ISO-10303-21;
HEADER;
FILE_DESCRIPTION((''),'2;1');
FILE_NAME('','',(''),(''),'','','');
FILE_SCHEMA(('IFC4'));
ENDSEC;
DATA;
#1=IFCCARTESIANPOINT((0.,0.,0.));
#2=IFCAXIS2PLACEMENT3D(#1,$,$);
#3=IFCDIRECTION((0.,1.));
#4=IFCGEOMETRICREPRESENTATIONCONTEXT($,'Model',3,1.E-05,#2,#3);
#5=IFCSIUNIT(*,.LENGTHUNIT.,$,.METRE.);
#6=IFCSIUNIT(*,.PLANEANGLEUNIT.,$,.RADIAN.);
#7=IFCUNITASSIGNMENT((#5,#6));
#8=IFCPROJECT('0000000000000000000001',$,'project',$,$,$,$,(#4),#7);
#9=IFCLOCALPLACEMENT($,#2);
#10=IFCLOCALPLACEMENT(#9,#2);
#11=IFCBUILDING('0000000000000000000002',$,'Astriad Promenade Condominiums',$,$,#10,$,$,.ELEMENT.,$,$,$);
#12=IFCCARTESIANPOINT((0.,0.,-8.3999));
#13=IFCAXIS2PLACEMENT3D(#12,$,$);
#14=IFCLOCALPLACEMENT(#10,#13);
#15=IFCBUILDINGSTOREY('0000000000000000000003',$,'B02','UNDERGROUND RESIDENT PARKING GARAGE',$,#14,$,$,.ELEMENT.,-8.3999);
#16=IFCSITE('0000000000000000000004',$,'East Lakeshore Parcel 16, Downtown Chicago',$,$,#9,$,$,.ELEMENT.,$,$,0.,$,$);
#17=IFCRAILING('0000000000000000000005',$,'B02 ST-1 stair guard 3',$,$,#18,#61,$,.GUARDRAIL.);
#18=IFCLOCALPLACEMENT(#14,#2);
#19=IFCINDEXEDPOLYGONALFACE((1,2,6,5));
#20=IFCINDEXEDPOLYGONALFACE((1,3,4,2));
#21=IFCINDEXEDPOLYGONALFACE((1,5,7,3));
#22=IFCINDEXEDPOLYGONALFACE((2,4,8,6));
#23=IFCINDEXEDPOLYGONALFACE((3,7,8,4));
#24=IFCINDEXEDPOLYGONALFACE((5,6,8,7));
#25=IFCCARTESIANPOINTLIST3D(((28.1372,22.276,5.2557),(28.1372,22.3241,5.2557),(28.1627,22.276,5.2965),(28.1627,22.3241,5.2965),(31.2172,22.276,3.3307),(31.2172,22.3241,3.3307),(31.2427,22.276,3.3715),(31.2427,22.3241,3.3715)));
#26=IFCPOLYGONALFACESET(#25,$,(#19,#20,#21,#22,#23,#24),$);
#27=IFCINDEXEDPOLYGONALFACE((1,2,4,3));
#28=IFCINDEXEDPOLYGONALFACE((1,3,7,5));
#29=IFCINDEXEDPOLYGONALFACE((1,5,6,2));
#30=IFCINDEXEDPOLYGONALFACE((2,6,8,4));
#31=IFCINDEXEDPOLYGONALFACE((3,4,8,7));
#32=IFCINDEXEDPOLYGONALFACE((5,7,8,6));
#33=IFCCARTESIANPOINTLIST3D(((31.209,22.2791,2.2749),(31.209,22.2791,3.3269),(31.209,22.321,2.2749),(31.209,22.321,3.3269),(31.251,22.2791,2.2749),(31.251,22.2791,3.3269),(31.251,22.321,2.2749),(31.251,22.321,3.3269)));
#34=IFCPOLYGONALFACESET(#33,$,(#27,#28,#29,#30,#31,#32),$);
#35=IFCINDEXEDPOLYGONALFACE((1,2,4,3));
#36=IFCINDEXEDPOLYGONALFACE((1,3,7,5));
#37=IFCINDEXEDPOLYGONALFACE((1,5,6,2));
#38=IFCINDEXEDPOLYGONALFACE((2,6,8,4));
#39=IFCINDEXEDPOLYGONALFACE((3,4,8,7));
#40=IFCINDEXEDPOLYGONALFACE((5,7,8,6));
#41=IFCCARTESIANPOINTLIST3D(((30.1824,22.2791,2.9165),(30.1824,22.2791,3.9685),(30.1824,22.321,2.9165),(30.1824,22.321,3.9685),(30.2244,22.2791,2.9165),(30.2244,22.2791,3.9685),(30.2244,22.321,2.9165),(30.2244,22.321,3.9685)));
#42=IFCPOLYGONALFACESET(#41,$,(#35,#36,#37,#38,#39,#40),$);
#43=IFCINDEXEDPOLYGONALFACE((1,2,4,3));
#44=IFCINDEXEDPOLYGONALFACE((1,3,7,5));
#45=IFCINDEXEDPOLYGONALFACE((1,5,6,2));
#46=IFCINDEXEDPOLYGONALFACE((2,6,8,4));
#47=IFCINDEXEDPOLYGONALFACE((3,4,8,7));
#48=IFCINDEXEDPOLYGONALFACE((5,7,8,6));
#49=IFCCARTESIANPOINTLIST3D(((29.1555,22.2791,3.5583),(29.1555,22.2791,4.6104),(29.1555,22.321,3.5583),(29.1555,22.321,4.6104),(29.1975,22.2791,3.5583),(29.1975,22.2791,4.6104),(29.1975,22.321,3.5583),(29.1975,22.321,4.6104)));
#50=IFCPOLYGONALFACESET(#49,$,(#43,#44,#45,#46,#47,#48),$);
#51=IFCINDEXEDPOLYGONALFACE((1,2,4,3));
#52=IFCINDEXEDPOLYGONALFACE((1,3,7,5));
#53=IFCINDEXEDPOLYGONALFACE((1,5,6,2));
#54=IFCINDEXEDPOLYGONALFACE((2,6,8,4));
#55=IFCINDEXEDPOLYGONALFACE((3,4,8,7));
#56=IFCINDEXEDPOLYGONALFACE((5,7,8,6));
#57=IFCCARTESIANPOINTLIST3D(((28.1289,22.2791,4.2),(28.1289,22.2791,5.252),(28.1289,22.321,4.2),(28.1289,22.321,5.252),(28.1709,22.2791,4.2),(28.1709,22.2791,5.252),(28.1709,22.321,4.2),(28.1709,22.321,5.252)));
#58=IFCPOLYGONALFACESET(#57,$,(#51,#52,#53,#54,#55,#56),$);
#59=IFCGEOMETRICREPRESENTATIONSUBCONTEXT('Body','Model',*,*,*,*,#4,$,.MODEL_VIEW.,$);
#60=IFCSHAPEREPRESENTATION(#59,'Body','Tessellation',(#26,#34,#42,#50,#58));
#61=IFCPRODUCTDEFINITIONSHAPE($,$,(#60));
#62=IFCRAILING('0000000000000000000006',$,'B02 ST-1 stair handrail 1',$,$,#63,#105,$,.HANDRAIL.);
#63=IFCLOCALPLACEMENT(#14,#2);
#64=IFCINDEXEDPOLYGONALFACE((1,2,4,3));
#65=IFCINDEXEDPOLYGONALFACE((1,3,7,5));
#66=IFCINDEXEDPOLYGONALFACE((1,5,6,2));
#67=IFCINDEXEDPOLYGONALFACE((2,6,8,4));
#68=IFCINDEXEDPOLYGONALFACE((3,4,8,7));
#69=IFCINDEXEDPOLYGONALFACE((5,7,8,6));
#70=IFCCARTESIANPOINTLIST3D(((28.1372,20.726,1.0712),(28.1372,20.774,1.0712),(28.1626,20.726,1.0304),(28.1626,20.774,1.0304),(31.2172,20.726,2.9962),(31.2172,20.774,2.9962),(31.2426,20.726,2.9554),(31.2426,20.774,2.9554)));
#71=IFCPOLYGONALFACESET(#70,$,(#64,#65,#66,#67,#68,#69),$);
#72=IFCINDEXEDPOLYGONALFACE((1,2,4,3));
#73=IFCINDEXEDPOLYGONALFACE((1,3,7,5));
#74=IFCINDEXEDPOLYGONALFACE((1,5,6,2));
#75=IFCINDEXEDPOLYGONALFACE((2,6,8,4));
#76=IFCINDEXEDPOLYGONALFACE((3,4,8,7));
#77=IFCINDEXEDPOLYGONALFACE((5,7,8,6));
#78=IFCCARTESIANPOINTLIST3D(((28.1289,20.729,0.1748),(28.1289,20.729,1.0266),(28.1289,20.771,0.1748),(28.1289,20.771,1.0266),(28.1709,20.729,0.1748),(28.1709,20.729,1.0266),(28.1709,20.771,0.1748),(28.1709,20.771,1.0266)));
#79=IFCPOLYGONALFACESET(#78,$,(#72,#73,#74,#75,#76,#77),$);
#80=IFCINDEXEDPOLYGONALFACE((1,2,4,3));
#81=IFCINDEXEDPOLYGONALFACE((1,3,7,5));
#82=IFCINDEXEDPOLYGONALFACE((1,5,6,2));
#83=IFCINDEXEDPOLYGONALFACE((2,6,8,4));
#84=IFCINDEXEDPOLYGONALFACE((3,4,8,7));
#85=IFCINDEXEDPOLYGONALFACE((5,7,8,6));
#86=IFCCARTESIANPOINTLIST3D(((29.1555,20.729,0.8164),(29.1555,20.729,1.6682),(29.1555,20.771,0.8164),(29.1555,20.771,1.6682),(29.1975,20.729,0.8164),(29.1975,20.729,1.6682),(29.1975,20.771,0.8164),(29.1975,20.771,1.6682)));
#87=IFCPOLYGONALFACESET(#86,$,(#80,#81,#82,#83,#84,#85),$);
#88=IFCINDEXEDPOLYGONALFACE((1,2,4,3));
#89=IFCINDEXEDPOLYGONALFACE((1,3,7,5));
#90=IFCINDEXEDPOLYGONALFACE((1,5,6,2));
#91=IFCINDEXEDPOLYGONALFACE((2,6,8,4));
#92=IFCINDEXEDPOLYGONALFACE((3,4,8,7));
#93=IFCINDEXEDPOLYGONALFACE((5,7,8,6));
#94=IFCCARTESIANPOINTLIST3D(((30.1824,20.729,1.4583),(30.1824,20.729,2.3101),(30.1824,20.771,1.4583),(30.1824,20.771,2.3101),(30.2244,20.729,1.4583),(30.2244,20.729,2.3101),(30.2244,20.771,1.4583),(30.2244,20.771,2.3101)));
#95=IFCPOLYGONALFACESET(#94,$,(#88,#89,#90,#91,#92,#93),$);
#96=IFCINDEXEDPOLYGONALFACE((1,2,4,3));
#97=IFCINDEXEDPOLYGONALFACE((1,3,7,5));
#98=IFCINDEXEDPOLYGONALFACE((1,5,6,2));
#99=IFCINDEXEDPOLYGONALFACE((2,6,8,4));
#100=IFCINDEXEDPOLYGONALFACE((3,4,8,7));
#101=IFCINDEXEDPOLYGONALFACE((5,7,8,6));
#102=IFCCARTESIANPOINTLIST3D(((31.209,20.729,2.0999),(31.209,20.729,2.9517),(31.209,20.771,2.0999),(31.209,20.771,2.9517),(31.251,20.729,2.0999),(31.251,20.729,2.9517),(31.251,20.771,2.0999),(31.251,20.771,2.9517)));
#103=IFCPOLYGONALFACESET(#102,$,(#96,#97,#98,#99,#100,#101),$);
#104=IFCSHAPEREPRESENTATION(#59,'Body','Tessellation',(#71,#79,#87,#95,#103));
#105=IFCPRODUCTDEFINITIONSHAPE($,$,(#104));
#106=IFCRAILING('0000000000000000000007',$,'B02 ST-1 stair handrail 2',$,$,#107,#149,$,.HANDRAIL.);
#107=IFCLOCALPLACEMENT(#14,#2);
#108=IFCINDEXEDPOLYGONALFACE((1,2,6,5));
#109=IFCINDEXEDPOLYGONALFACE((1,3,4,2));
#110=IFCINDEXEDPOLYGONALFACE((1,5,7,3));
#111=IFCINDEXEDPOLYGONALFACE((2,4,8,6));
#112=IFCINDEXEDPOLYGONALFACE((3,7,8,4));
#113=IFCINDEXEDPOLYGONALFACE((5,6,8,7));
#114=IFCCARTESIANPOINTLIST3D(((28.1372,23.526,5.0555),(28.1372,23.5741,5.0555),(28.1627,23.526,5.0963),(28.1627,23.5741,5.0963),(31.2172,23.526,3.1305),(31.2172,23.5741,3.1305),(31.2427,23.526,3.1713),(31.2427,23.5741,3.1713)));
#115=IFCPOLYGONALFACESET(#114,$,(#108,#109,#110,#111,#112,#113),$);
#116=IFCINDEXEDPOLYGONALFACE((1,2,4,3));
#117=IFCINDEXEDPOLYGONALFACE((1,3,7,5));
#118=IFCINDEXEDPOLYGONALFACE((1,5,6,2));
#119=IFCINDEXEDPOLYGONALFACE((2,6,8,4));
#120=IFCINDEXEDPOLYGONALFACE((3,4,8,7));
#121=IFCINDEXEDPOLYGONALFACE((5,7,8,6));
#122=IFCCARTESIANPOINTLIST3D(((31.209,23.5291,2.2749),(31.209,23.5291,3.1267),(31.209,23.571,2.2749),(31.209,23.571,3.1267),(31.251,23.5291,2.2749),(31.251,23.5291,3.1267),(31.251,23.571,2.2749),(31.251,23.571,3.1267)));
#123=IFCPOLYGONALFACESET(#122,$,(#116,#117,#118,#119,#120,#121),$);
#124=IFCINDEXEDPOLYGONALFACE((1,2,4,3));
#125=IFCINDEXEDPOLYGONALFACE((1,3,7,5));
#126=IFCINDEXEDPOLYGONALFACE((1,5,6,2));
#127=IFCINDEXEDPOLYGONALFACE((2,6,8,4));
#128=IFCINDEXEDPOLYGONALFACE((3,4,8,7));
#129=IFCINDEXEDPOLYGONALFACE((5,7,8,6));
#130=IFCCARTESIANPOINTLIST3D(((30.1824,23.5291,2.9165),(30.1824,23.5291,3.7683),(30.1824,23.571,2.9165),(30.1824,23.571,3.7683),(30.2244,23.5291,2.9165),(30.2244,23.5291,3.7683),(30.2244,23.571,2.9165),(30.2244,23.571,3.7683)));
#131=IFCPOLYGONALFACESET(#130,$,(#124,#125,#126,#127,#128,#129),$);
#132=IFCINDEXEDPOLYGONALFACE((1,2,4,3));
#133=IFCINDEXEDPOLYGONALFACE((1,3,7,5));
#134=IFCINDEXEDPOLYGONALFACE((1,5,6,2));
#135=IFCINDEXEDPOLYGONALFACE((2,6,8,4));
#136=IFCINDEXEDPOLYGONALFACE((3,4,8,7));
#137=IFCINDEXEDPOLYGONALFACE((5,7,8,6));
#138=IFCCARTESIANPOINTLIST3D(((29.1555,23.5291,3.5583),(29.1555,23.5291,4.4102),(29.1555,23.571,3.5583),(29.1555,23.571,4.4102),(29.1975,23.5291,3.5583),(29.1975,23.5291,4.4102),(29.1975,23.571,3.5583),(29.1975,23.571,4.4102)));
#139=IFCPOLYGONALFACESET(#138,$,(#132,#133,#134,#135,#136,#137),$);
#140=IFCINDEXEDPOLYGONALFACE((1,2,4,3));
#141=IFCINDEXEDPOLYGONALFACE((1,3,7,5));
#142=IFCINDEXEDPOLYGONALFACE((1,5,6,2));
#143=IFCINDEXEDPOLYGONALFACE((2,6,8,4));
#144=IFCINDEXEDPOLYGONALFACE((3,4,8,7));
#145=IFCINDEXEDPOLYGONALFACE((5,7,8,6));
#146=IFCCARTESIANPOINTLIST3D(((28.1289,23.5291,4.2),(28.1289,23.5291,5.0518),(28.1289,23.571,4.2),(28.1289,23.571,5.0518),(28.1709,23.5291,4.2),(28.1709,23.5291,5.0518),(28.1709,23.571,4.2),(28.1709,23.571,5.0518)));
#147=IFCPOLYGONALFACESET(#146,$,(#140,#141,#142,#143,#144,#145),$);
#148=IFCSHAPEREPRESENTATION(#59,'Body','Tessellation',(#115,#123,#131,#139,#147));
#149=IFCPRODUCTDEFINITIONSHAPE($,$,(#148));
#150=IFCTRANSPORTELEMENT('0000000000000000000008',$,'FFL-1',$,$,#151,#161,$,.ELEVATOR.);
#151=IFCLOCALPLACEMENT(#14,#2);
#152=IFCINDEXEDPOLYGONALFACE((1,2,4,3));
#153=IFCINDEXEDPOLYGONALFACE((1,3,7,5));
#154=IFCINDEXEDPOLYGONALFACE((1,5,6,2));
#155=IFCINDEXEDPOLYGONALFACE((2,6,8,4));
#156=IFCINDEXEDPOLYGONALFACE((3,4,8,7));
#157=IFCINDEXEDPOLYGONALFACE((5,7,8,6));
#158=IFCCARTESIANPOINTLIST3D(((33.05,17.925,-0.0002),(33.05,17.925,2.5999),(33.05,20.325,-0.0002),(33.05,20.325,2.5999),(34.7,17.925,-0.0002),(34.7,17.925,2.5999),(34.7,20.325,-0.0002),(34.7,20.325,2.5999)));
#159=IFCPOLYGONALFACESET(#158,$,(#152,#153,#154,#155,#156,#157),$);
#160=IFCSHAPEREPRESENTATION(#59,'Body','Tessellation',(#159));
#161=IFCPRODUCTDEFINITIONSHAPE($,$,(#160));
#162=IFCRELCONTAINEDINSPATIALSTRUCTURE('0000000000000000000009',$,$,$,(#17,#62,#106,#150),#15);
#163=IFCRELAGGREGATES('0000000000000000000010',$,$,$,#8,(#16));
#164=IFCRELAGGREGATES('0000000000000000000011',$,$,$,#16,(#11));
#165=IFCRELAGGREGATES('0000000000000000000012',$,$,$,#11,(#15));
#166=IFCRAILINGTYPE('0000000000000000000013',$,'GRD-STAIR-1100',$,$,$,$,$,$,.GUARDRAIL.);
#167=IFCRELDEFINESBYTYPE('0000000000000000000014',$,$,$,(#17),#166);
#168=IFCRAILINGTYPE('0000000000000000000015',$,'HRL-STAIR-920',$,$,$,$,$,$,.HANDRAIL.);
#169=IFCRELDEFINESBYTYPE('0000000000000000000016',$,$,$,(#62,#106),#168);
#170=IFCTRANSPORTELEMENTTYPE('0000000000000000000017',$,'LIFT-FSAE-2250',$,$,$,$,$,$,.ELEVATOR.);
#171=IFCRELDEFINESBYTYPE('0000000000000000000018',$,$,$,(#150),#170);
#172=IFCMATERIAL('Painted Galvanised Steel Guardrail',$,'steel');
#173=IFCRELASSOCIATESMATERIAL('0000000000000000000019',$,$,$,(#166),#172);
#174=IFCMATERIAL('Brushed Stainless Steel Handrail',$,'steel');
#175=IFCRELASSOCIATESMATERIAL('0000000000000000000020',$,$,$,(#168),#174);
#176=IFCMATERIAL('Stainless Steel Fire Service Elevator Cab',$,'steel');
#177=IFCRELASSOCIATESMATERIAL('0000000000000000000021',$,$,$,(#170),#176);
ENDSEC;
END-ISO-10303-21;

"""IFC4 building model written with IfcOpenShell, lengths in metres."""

from ifc_helpers import new_model, si_unit, direction, frame, origin, origin_2d, place, context, subcontext, project, spatial, rectangle, extrude, source, transform, mapped, material, type_object, type_shapes, element, save


model = new_model("IFC4")

# Units and contexts
model_context = context("Model", 3, precision=1e-05, world=origin(), true_north=direction((0.0, 1.0)))
body_context = subcontext(model_context, "Body", "Model", "MODEL_VIEW")
ifc_project = project(units=[si_unit("LENGTHUNIT", "METRE"), si_unit("PLANEANGLEUNIT", "RADIAN")], contexts=[model_context])

# Site, building, storey
site_placement = place(None, origin())
site = spatial("IfcSite", under=ifc_project, at=site_placement, Name="East Lakeshore Parcel 16, Downtown Chicago", CompositionType="ELEMENT", RefElevation=0.0)
building_placement = place(site_placement, origin())
building = spatial("IfcBuilding", under=site, at=building_placement, Name="Astriad Promenade Condominiums", CompositionType="ELEMENT")
storey_placement = place(building_placement, frame((0.0, 0.0, -8.3999)))
storey = spatial("IfcBuildingStorey", under=building, at=storey_placement, Name="B02", Description="UNDERGROUND RESIDENT PARKING GARAGE", CompositionType="ELEMENT", Elevation=-8.3999)

# Railings
ifc_material_1 = material(Name="Painted Galvanised Steel Guardrail", Category="steel")
railing_type_1 = type_object("IfcRailingType", Name="GRD-STAIR-1100", PredefinedType="GUARDRAIL", material=ifc_material_1)
shared_shape_1 = source(origin(), body_context, "Body", "SweptSolid", [
    extrude(rectangle(XDim=0.0481, YDim=0.0481, at=origin_2d()), frame((0.0, 0.0, 1.0762), z_axis=(-0.847998, 0.0, 0.529999), x_axis=(0.0, -1.0, 0.0)), (0.0, 0.0, 1.0), 3.6321),
    extrude(rectangle(XDim=0.042, YDim=0.042, at=origin_2d()), origin(), (0.0, 0.0, 1.0), 1.052),
    extrude(rectangle(XDim=0.042, YDim=0.042, at=origin_2d()), frame((-1.0266, 0.0, 0.6416)), (0.0, 0.0, 1.0), 1.052),
    extrude(rectangle(XDim=0.042, YDim=0.042, at=origin_2d()), frame((-2.0535, 0.0, 1.2834)), (0.0, 0.0, 1.0), 1.052),
    extrude(rectangle(XDim=0.042, YDim=0.042, at=origin_2d()), frame((-3.0801, 0.0, 1.925)), (0.0, 0.0, 1.0), 1.052),
])
railing_1_placement = place(storey_placement, frame((31.23, 22.3, 2.2749)))
element("IfcRailing", 1, at=railing_1_placement, inside=storey, type_object=railing_type_1, Name="B02 ST-1 stair guard 3", PredefinedType="GUARDRAIL", context=body_context, shape_type="MappedRepresentation", body=[
    mapped(shared_shape_1, transform((0.0, 0.0, 0.0), scale=1.0)),
])
ifc_material_2 = material(Name="Brushed Stainless Steel Handrail", Category="steel")
railing_type_2 = type_object("IfcRailingType", Name="HRL-STAIR-920", PredefinedType="HANDRAIL", material=ifc_material_2)
shared_shape_2 = source(origin(), body_context, "Body", "SweptSolid", [
    extrude(rectangle(XDim=0.0481, YDim=0.0481, at=origin_2d()), frame((0.0, 0.0, 0.876), z_axis=(0.847998, 0.0, 0.529999), x_axis=(0.0, 1.0, 0.0)), (0.0, 0.0, 1.0), 3.6321),
    extrude(rectangle(XDim=0.042, YDim=0.042, at=origin_2d()), origin(), (0.0, 0.0, 1.0), 0.8518),
    extrude(rectangle(XDim=0.042, YDim=0.042, at=origin_2d()), frame((1.0266, 0.0, 0.6416)), (0.0, 0.0, 1.0), 0.8518),
    extrude(rectangle(XDim=0.042, YDim=0.042, at=origin_2d()), frame((2.0535, 0.0, 1.2834)), (0.0, 0.0, 1.0), 0.8518),
    extrude(rectangle(XDim=0.042, YDim=0.042, at=origin_2d()), frame((3.0801, 0.0, 1.925)), (0.0, 0.0, 1.0), 0.8518),
])
railing_2_placement = place(storey_placement, frame((28.1499, 20.75, 0.1748)))
element("IfcRailing", 2, at=railing_2_placement, inside=storey, type_object=railing_type_2, Name="B02 ST-1 stair handrail 1", PredefinedType="HANDRAIL", context=body_context, shape_type="MappedRepresentation", body=[
    mapped(shared_shape_2, transform((0.0, 0.0, 0.0), scale=1.0)),
])
shared_shape_3 = source(origin(), body_context, "Body", "SweptSolid", [
    extrude(rectangle(XDim=0.0481, YDim=0.0481, at=origin_2d()), frame((0.0, 0.0, 0.876), z_axis=(-0.847998, 0.0, 0.529999), x_axis=(0.0, -1.0, 0.0)), (0.0, 0.0, 1.0), 3.6321),
    extrude(rectangle(XDim=0.042, YDim=0.042, at=origin_2d()), origin(), (0.0, 0.0, 1.0), 0.8518),
    extrude(rectangle(XDim=0.042, YDim=0.042, at=origin_2d()), frame((-1.0266, 0.0, 0.6416)), (0.0, 0.0, 1.0), 0.8518),
    extrude(rectangle(XDim=0.042, YDim=0.042, at=origin_2d()), frame((-2.0535, 0.0, 1.2834)), (0.0, 0.0, 1.0), 0.8518),
    extrude(rectangle(XDim=0.042, YDim=0.042, at=origin_2d()), frame((-3.0801, 0.0, 1.925)), (0.0, 0.0, 1.0), 0.8518),
])
type_shapes(railing_type_2, [shared_shape_2, shared_shape_3])
railing_3_placement = place(storey_placement, frame((31.23, 23.55, 2.2749)))
element("IfcRailing", 3, at=railing_3_placement, inside=storey, type_object=railing_type_2, Name="B02 ST-1 stair handrail 2", PredefinedType="HANDRAIL", context=body_context, shape_type="MappedRepresentation", body=[
    mapped(shared_shape_3, transform((0.0, 0.0, 0.0), scale=1.0)),
])

# Transport element
ifc_material_3 = material(Name="Stainless Steel Fire Service Elevator Cab", Category="steel")
transport_element_type = type_object("IfcTransportElementType", Name="LIFT-FSAE-2250", PredefinedType="ELEVATOR", material=ifc_material_3)
shared_shape_4 = source(origin(), body_context, "Body", "SweptSolid", [
    extrude(rectangle(XDim=1.6499, YDim=2.3999, at=origin_2d()), origin(), (0.0, 0.0, 1.0), 2.6001),
])
type_shapes(transport_element_type, [shared_shape_4])
transport_element_placement = place(storey_placement, frame((33.875, 19.125, -0.0002), z_axis=(0.0, 0.0, 1.0), x_axis=(1.0, 0.0, 0.0)))
element("IfcTransportElement", 4, at=transport_element_placement, inside=storey, type_object=transport_element_type, Name="FFL-1", PredefinedType="ELEVATOR", context=body_context, shape_type="MappedRepresentation", body=[
    mapped(shared_shape_4, transform((0.0, 0.0, 0.0), scale=1.0)),
])

save(model, "model.ifc")
